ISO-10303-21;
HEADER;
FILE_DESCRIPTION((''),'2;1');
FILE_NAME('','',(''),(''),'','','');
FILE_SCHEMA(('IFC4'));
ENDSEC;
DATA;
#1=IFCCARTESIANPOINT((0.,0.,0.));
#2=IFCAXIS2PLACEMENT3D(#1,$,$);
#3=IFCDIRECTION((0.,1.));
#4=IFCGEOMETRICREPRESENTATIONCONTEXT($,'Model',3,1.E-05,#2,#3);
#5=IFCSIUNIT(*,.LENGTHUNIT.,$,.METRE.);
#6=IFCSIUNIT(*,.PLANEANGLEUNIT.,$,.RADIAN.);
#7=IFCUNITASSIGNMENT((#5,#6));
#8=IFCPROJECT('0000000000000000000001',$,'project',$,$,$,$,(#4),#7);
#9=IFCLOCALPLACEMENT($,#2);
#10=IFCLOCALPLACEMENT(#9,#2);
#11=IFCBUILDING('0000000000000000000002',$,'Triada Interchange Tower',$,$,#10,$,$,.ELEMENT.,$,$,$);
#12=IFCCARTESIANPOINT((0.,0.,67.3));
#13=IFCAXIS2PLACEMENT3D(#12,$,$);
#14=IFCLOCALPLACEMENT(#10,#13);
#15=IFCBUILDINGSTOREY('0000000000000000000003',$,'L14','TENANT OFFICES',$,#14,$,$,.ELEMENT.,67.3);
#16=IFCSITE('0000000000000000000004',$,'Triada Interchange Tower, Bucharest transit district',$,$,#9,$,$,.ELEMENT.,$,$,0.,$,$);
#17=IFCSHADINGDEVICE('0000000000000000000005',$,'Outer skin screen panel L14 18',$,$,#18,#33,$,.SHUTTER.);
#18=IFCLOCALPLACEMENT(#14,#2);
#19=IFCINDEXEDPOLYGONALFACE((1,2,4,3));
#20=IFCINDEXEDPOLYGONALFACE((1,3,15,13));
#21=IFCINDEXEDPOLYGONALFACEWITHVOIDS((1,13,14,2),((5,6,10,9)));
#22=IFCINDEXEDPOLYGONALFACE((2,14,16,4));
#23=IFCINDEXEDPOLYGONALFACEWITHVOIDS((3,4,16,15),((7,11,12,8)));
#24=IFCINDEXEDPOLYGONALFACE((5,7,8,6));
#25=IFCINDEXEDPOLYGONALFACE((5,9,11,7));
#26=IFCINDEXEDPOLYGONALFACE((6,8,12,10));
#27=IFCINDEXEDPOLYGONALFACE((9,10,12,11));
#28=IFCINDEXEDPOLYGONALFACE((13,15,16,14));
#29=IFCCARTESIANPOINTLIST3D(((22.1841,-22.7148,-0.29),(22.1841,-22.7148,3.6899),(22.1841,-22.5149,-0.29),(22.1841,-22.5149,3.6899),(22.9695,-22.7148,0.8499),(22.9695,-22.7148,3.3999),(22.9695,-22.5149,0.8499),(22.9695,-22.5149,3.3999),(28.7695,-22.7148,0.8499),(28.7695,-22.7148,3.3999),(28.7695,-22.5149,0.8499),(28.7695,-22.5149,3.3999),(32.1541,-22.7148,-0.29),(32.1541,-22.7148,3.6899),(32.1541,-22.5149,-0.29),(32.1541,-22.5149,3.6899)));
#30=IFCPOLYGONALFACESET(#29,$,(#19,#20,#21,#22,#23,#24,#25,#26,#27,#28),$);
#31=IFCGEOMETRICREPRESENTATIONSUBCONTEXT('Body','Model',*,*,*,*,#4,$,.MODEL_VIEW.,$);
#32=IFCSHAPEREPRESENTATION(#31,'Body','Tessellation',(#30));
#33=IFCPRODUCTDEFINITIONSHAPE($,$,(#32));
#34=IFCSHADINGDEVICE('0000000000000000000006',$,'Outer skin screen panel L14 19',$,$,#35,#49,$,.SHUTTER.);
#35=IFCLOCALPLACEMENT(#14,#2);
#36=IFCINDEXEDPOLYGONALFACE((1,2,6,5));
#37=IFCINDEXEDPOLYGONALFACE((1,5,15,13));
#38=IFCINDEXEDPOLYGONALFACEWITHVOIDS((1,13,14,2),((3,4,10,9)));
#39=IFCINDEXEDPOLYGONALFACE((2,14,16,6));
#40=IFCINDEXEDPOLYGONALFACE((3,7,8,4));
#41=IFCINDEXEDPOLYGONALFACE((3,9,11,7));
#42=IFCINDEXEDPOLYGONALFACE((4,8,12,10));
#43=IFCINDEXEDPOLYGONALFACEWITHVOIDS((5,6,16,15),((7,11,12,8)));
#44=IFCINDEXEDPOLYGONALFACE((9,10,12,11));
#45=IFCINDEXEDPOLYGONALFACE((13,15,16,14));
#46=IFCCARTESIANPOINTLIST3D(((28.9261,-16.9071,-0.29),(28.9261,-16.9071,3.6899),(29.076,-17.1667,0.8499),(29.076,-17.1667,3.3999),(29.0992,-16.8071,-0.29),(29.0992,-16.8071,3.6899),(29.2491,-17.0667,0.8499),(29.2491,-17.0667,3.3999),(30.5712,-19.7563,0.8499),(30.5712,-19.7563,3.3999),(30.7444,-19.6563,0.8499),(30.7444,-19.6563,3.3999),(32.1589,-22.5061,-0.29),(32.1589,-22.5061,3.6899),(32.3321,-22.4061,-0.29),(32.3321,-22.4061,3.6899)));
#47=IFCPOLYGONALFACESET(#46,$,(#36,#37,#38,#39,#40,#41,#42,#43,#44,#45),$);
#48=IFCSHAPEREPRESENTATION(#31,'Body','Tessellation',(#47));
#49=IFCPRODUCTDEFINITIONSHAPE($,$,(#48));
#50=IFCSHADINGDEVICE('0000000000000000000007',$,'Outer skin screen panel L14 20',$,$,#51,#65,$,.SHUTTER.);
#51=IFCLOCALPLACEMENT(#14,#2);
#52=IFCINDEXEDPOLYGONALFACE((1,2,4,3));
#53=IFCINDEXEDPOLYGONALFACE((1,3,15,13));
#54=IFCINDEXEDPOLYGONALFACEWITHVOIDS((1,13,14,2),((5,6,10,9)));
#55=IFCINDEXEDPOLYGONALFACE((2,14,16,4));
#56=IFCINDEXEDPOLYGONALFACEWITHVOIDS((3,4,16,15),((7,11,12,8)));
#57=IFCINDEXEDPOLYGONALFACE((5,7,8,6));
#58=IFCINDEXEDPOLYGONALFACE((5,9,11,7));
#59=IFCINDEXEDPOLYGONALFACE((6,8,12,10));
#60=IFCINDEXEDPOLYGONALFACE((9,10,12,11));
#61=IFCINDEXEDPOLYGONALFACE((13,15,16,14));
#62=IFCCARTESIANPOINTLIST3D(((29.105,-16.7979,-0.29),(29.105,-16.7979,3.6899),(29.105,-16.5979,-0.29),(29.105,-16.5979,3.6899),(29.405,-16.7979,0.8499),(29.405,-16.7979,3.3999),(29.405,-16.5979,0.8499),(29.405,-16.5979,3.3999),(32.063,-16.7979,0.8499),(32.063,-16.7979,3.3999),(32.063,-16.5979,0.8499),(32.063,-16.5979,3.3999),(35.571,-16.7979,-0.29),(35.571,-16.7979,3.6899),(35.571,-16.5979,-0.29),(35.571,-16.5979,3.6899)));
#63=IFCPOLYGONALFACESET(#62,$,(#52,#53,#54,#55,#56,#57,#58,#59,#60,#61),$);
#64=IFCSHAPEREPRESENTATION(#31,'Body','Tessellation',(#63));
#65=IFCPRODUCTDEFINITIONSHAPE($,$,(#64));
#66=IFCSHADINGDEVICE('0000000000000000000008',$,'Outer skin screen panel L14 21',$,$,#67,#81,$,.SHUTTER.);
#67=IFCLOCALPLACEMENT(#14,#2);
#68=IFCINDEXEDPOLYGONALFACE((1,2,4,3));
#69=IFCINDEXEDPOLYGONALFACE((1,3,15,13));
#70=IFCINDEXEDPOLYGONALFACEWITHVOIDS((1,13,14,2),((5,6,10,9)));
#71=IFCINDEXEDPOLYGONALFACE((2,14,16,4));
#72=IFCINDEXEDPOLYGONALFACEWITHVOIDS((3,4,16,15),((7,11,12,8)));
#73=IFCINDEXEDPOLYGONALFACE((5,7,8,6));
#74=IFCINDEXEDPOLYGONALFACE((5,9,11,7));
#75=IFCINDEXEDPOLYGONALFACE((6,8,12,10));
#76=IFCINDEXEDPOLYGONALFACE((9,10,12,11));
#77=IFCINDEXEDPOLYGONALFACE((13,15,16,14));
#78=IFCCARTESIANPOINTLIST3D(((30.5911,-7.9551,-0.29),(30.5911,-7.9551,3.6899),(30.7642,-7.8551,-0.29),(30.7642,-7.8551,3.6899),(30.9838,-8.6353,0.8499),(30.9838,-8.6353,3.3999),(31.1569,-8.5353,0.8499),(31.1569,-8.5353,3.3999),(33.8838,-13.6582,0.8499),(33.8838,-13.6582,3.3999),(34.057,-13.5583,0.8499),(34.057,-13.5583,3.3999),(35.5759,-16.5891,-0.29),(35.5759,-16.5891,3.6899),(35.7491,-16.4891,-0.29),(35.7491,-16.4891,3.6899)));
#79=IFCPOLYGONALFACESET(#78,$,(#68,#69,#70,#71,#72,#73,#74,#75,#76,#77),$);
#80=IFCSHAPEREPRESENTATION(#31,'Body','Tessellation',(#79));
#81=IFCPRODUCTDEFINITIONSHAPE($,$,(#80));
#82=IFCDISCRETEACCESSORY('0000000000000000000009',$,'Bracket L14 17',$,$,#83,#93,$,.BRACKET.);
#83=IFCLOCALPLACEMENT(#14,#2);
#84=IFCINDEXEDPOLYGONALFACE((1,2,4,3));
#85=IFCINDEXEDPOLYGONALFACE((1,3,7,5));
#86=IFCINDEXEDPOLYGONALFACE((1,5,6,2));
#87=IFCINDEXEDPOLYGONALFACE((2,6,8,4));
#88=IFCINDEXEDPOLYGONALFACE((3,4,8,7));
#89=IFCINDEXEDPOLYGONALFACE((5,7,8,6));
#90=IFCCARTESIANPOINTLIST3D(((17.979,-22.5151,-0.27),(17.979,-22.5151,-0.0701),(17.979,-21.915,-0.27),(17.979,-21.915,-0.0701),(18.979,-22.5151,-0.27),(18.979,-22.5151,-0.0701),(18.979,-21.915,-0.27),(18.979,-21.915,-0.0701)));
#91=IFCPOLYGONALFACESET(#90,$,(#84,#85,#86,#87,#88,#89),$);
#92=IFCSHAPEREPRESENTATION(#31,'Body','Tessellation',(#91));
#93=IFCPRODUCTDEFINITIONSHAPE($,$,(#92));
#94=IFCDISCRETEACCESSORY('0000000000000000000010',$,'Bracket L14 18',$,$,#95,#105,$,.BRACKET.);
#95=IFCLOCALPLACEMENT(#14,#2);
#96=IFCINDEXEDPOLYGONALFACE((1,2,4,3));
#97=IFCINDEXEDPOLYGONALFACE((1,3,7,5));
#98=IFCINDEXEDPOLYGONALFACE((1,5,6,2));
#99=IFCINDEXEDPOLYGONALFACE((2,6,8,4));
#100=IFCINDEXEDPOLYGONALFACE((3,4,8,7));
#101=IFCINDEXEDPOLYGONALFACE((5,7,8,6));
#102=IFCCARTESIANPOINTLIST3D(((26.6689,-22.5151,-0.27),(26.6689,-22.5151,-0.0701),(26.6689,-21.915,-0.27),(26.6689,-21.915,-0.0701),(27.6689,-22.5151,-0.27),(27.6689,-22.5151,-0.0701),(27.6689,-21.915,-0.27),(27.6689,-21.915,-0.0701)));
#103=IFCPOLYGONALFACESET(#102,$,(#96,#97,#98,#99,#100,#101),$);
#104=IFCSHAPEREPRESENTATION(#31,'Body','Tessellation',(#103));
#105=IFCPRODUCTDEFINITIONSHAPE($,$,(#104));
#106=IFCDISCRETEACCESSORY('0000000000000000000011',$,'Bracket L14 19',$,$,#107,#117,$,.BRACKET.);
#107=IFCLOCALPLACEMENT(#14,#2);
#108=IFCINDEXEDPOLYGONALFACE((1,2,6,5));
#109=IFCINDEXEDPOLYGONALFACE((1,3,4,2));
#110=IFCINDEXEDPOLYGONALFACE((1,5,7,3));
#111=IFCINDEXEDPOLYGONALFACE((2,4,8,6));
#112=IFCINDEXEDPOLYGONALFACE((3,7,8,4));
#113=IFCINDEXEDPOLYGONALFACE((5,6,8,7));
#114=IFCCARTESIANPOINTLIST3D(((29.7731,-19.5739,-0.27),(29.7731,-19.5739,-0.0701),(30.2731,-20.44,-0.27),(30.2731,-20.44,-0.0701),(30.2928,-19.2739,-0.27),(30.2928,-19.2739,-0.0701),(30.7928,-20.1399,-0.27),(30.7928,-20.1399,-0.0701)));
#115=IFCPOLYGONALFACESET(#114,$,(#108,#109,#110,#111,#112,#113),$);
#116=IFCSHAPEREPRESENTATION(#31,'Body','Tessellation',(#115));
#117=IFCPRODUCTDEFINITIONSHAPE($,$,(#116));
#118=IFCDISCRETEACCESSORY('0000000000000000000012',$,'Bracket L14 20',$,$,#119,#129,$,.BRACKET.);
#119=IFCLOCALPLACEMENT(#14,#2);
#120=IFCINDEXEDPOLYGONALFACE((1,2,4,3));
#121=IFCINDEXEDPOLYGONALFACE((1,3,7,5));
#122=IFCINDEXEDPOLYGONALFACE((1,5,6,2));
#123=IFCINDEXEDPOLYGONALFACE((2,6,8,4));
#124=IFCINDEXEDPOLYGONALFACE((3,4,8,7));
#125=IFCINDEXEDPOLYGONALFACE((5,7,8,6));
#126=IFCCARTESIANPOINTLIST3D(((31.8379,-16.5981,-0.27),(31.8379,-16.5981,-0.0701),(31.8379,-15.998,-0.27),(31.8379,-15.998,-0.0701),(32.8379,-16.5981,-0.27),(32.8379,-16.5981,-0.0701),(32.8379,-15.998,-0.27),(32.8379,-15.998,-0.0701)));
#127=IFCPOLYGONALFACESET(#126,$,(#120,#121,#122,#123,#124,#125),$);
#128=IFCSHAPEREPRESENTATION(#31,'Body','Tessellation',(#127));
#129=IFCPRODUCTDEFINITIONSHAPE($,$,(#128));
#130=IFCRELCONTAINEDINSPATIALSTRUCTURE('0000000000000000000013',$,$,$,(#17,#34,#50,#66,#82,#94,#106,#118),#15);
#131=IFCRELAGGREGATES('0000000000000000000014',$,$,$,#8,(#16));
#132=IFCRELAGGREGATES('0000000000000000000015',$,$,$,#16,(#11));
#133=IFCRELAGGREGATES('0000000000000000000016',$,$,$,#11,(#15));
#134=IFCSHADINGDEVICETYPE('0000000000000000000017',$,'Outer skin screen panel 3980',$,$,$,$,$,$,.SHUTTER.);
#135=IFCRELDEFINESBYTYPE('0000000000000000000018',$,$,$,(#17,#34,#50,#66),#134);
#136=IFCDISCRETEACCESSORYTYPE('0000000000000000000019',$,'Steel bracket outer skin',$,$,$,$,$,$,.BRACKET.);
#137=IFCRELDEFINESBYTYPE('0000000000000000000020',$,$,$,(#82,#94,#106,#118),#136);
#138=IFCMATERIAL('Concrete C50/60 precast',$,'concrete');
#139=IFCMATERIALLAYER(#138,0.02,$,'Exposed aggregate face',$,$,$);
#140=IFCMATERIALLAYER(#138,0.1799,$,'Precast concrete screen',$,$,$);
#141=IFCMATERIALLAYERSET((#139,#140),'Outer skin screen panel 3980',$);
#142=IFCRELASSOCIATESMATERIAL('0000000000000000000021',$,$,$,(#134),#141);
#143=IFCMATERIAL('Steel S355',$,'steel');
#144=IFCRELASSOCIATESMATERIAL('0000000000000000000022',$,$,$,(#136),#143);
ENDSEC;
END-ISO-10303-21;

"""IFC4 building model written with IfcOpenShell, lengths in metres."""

from ifc_helpers import new_model, si_unit, direction, frame, origin, origin_2d, place, context, subcontext, project, spatial, polyline, rectangle, outline, extrude, material, layer, layer_set, type_object, element, save


model = new_model("IFC4")

# Units and contexts
model_context = context("Model", 3, precision=1e-05, world=origin(), true_north=direction((0.0, 1.0)))
body_context = subcontext(model_context, "Body", "Model", "MODEL_VIEW")
ifc_project = project(units=[si_unit("LENGTHUNIT", "METRE"), si_unit("PLANEANGLEUNIT", "RADIAN")], contexts=[model_context])

# Site, building, storey
site_placement = place(None, origin())
site = spatial("IfcSite", under=ifc_project, at=site_placement, Name="Triada Interchange Tower, Bucharest transit district", CompositionType="ELEMENT", RefElevation=0.0)
building_placement = place(site_placement, origin())
building = spatial("IfcBuilding", under=site, at=building_placement, Name="Triada Interchange Tower", CompositionType="ELEMENT")
storey_placement = place(building_placement, frame((0.0, 0.0, 67.3)))
storey = spatial("IfcBuildingStorey", under=building, at=storey_placement, Name="L14", Description="TENANT OFFICES", CompositionType="ELEMENT", Elevation=67.3)

# Shading devices
ifc_material_1 = material(Name="Concrete C50/60 precast", Category="concrete")
ifc_layer_1 = layer(ifc_material_1, 0.02, Name="Exposed aggregate face")
ifc_layer_2 = layer(ifc_material_1, 0.1799, Name="Precast concrete screen")
ifc_layer_set_1 = layer_set([ifc_layer_1, ifc_layer_2], Name="Outer skin screen panel 3980")
shading_device_type = type_object("IfcShadingDeviceType", Name="Outer skin screen panel 3980", PredefinedType="SHUTTER", material=ifc_layer_set_1)
shading_device_1_placement = place(storey_placement, frame((22.1841, -22.5149, -0.29), z_axis=(0.0, 0.0, 1.0), x_axis=(1.0, 0.0, 0.0)))
element("IfcShadingDevice", 1, at=shading_device_1_placement, inside=storey, type_object=shading_device_type, Name="Outer skin screen panel L14 18", PredefinedType="SHUTTER", context=body_context, shape_type="SweptSolid", body=[
    extrude(outline(polyline([(0.0, 0.0), (9.97, 0.0), (9.97, 3.98), (0.0, 3.98), (0.0, 0.0)]), holes=[polyline([(0.7854, 1.1399), (0.7854, 3.6899), (6.5854, 3.6899), (6.5854, 1.1399), (0.7854, 1.1399)])]), frame((0.0, 0.0, 0.0), z_axis=(0.0, -1.0, 0.0), x_axis=(1.0, 0.0, 0.0)), (0.0, 0.0, 1.0), 0.2),
])
shading_device_2_placement = place(storey_placement, frame((32.1589, -22.5061, -0.29), z_axis=(0.0, 0.0, 1.0), x_axis=(-0.50003, 0.866008, 0.0)))
element("IfcShadingDevice", 2, at=shading_device_2_placement, inside=storey, type_object=shading_device_type, Name="Outer skin screen panel L14 19", PredefinedType="SHUTTER", context=body_context, shape_type="SweptSolid", body=[
    extrude(outline(polyline([(0.0, 0.0), (6.4653, 0.0), (6.4653, 3.98), (0.0, 3.98), (0.0, 0.0)]), holes=[polyline([(3.1753, 1.1399), (3.1753, 3.6899), (6.1655, 3.6899), (6.1655, 1.1399), (3.1753, 1.1399)])]), frame((0.0, 0.0, 0.0), z_axis=(0.0, -1.0, 0.0), x_axis=(1.0, 0.0, 0.0)), (0.0, 0.0, 1.0), 0.2),
])
shading_device_3_placement = place(storey_placement, frame((29.105, -16.5979, -0.29), z_axis=(0.0, 0.0, 1.0), x_axis=(1.0, 0.0, 0.0)))
element("IfcShadingDevice", 3, at=shading_device_3_placement, inside=storey, type_object=shading_device_type, Name="Outer skin screen panel L14 20", PredefinedType="SHUTTER", context=body_context, shape_type="SweptSolid", body=[
    extrude(outline(polyline([(0.0, 0.0), (6.4661, 0.0), (6.4661, 3.98), (0.0, 3.98), (0.0, 0.0)]), holes=[polyline([(0.3, 1.1399), (0.3, 3.6899), (2.958, 3.6899), (2.958, 1.1399), (0.3, 1.1399)])]), frame((0.0, 0.0, 0.0), z_axis=(0.0, -1.0, 0.0), x_axis=(1.0, 0.0, 0.0)), (0.0, 0.0, 1.0), 0.2),
])
shading_device_4_placement = place(storey_placement, frame((35.5759, -16.5891, -0.29), z_axis=(0.0, 0.0, 1.0), x_axis=(-0.5, 0.866025, 0.0)))
element("IfcShadingDevice", 4, at=shading_device_4_placement, inside=storey, type_object=shading_device_type, Name="Outer skin screen panel L14 21", PredefinedType="SHUTTER", context=body_context, shape_type="SweptSolid", body=[
    extrude(outline(polyline([(0.0, 0.0), (9.9697, 0.0), (9.9697, 3.98), (0.0, 3.98), (0.0, 0.0)]), holes=[polyline([(3.3843, 1.1399), (3.3843, 3.6899), (9.1843, 3.6899), (9.1843, 1.1399), (3.3843, 1.1399)])]), frame((0.0, 0.0, 0.0), z_axis=(0.0, -1.0, 0.0), x_axis=(1.0, 0.0, 0.0)), (0.0, 0.0, 1.0), 0.2),
])

# Discrete accessories
ifc_material_2 = material(Name="Steel S355", Category="steel")
discrete_accessory_type = type_object("IfcDiscreteAccessoryType", Name="Steel bracket outer skin", PredefinedType="BRACKET", material=ifc_material_2)
for number, where, z_axis, x_axis, name in (
    (5, (18.479, -22.2151, -0.27), (0.0, 0.0, 1.0), (0.0, -1.0, 0.0), "Bracket L14 17"),
    (6, (27.1689, -22.2151, -0.27), (0.0, 0.0, 1.0), (0.0, -1.0, 0.0), "Bracket L14 18"),
    (7, (30.283, -19.8569, -0.27), (0.0, 0.0, 1.0), (0.866037, 0.49998, 0.0), "Bracket L14 19"),
    (8, (32.3379, -16.2981, -0.27), (0.0, 0.0, 1.0), (0.0, -1.0, 0.0), "Bracket L14 20"),
):
    element("IfcDiscreteAccessory", number, at=place(storey_placement, frame(where, z_axis=z_axis, x_axis=x_axis)), inside=storey, type_object=discrete_accessory_type, Name=name, PredefinedType="BRACKET", context=body_context, shape_type="SweptSolid", body=[
        extrude(rectangle(XDim=0.6001, YDim=1.0, at=origin_2d()), origin(), (0.0, 0.0, 1.0), 0.2),
    ])

save(model, "model.ifc")
